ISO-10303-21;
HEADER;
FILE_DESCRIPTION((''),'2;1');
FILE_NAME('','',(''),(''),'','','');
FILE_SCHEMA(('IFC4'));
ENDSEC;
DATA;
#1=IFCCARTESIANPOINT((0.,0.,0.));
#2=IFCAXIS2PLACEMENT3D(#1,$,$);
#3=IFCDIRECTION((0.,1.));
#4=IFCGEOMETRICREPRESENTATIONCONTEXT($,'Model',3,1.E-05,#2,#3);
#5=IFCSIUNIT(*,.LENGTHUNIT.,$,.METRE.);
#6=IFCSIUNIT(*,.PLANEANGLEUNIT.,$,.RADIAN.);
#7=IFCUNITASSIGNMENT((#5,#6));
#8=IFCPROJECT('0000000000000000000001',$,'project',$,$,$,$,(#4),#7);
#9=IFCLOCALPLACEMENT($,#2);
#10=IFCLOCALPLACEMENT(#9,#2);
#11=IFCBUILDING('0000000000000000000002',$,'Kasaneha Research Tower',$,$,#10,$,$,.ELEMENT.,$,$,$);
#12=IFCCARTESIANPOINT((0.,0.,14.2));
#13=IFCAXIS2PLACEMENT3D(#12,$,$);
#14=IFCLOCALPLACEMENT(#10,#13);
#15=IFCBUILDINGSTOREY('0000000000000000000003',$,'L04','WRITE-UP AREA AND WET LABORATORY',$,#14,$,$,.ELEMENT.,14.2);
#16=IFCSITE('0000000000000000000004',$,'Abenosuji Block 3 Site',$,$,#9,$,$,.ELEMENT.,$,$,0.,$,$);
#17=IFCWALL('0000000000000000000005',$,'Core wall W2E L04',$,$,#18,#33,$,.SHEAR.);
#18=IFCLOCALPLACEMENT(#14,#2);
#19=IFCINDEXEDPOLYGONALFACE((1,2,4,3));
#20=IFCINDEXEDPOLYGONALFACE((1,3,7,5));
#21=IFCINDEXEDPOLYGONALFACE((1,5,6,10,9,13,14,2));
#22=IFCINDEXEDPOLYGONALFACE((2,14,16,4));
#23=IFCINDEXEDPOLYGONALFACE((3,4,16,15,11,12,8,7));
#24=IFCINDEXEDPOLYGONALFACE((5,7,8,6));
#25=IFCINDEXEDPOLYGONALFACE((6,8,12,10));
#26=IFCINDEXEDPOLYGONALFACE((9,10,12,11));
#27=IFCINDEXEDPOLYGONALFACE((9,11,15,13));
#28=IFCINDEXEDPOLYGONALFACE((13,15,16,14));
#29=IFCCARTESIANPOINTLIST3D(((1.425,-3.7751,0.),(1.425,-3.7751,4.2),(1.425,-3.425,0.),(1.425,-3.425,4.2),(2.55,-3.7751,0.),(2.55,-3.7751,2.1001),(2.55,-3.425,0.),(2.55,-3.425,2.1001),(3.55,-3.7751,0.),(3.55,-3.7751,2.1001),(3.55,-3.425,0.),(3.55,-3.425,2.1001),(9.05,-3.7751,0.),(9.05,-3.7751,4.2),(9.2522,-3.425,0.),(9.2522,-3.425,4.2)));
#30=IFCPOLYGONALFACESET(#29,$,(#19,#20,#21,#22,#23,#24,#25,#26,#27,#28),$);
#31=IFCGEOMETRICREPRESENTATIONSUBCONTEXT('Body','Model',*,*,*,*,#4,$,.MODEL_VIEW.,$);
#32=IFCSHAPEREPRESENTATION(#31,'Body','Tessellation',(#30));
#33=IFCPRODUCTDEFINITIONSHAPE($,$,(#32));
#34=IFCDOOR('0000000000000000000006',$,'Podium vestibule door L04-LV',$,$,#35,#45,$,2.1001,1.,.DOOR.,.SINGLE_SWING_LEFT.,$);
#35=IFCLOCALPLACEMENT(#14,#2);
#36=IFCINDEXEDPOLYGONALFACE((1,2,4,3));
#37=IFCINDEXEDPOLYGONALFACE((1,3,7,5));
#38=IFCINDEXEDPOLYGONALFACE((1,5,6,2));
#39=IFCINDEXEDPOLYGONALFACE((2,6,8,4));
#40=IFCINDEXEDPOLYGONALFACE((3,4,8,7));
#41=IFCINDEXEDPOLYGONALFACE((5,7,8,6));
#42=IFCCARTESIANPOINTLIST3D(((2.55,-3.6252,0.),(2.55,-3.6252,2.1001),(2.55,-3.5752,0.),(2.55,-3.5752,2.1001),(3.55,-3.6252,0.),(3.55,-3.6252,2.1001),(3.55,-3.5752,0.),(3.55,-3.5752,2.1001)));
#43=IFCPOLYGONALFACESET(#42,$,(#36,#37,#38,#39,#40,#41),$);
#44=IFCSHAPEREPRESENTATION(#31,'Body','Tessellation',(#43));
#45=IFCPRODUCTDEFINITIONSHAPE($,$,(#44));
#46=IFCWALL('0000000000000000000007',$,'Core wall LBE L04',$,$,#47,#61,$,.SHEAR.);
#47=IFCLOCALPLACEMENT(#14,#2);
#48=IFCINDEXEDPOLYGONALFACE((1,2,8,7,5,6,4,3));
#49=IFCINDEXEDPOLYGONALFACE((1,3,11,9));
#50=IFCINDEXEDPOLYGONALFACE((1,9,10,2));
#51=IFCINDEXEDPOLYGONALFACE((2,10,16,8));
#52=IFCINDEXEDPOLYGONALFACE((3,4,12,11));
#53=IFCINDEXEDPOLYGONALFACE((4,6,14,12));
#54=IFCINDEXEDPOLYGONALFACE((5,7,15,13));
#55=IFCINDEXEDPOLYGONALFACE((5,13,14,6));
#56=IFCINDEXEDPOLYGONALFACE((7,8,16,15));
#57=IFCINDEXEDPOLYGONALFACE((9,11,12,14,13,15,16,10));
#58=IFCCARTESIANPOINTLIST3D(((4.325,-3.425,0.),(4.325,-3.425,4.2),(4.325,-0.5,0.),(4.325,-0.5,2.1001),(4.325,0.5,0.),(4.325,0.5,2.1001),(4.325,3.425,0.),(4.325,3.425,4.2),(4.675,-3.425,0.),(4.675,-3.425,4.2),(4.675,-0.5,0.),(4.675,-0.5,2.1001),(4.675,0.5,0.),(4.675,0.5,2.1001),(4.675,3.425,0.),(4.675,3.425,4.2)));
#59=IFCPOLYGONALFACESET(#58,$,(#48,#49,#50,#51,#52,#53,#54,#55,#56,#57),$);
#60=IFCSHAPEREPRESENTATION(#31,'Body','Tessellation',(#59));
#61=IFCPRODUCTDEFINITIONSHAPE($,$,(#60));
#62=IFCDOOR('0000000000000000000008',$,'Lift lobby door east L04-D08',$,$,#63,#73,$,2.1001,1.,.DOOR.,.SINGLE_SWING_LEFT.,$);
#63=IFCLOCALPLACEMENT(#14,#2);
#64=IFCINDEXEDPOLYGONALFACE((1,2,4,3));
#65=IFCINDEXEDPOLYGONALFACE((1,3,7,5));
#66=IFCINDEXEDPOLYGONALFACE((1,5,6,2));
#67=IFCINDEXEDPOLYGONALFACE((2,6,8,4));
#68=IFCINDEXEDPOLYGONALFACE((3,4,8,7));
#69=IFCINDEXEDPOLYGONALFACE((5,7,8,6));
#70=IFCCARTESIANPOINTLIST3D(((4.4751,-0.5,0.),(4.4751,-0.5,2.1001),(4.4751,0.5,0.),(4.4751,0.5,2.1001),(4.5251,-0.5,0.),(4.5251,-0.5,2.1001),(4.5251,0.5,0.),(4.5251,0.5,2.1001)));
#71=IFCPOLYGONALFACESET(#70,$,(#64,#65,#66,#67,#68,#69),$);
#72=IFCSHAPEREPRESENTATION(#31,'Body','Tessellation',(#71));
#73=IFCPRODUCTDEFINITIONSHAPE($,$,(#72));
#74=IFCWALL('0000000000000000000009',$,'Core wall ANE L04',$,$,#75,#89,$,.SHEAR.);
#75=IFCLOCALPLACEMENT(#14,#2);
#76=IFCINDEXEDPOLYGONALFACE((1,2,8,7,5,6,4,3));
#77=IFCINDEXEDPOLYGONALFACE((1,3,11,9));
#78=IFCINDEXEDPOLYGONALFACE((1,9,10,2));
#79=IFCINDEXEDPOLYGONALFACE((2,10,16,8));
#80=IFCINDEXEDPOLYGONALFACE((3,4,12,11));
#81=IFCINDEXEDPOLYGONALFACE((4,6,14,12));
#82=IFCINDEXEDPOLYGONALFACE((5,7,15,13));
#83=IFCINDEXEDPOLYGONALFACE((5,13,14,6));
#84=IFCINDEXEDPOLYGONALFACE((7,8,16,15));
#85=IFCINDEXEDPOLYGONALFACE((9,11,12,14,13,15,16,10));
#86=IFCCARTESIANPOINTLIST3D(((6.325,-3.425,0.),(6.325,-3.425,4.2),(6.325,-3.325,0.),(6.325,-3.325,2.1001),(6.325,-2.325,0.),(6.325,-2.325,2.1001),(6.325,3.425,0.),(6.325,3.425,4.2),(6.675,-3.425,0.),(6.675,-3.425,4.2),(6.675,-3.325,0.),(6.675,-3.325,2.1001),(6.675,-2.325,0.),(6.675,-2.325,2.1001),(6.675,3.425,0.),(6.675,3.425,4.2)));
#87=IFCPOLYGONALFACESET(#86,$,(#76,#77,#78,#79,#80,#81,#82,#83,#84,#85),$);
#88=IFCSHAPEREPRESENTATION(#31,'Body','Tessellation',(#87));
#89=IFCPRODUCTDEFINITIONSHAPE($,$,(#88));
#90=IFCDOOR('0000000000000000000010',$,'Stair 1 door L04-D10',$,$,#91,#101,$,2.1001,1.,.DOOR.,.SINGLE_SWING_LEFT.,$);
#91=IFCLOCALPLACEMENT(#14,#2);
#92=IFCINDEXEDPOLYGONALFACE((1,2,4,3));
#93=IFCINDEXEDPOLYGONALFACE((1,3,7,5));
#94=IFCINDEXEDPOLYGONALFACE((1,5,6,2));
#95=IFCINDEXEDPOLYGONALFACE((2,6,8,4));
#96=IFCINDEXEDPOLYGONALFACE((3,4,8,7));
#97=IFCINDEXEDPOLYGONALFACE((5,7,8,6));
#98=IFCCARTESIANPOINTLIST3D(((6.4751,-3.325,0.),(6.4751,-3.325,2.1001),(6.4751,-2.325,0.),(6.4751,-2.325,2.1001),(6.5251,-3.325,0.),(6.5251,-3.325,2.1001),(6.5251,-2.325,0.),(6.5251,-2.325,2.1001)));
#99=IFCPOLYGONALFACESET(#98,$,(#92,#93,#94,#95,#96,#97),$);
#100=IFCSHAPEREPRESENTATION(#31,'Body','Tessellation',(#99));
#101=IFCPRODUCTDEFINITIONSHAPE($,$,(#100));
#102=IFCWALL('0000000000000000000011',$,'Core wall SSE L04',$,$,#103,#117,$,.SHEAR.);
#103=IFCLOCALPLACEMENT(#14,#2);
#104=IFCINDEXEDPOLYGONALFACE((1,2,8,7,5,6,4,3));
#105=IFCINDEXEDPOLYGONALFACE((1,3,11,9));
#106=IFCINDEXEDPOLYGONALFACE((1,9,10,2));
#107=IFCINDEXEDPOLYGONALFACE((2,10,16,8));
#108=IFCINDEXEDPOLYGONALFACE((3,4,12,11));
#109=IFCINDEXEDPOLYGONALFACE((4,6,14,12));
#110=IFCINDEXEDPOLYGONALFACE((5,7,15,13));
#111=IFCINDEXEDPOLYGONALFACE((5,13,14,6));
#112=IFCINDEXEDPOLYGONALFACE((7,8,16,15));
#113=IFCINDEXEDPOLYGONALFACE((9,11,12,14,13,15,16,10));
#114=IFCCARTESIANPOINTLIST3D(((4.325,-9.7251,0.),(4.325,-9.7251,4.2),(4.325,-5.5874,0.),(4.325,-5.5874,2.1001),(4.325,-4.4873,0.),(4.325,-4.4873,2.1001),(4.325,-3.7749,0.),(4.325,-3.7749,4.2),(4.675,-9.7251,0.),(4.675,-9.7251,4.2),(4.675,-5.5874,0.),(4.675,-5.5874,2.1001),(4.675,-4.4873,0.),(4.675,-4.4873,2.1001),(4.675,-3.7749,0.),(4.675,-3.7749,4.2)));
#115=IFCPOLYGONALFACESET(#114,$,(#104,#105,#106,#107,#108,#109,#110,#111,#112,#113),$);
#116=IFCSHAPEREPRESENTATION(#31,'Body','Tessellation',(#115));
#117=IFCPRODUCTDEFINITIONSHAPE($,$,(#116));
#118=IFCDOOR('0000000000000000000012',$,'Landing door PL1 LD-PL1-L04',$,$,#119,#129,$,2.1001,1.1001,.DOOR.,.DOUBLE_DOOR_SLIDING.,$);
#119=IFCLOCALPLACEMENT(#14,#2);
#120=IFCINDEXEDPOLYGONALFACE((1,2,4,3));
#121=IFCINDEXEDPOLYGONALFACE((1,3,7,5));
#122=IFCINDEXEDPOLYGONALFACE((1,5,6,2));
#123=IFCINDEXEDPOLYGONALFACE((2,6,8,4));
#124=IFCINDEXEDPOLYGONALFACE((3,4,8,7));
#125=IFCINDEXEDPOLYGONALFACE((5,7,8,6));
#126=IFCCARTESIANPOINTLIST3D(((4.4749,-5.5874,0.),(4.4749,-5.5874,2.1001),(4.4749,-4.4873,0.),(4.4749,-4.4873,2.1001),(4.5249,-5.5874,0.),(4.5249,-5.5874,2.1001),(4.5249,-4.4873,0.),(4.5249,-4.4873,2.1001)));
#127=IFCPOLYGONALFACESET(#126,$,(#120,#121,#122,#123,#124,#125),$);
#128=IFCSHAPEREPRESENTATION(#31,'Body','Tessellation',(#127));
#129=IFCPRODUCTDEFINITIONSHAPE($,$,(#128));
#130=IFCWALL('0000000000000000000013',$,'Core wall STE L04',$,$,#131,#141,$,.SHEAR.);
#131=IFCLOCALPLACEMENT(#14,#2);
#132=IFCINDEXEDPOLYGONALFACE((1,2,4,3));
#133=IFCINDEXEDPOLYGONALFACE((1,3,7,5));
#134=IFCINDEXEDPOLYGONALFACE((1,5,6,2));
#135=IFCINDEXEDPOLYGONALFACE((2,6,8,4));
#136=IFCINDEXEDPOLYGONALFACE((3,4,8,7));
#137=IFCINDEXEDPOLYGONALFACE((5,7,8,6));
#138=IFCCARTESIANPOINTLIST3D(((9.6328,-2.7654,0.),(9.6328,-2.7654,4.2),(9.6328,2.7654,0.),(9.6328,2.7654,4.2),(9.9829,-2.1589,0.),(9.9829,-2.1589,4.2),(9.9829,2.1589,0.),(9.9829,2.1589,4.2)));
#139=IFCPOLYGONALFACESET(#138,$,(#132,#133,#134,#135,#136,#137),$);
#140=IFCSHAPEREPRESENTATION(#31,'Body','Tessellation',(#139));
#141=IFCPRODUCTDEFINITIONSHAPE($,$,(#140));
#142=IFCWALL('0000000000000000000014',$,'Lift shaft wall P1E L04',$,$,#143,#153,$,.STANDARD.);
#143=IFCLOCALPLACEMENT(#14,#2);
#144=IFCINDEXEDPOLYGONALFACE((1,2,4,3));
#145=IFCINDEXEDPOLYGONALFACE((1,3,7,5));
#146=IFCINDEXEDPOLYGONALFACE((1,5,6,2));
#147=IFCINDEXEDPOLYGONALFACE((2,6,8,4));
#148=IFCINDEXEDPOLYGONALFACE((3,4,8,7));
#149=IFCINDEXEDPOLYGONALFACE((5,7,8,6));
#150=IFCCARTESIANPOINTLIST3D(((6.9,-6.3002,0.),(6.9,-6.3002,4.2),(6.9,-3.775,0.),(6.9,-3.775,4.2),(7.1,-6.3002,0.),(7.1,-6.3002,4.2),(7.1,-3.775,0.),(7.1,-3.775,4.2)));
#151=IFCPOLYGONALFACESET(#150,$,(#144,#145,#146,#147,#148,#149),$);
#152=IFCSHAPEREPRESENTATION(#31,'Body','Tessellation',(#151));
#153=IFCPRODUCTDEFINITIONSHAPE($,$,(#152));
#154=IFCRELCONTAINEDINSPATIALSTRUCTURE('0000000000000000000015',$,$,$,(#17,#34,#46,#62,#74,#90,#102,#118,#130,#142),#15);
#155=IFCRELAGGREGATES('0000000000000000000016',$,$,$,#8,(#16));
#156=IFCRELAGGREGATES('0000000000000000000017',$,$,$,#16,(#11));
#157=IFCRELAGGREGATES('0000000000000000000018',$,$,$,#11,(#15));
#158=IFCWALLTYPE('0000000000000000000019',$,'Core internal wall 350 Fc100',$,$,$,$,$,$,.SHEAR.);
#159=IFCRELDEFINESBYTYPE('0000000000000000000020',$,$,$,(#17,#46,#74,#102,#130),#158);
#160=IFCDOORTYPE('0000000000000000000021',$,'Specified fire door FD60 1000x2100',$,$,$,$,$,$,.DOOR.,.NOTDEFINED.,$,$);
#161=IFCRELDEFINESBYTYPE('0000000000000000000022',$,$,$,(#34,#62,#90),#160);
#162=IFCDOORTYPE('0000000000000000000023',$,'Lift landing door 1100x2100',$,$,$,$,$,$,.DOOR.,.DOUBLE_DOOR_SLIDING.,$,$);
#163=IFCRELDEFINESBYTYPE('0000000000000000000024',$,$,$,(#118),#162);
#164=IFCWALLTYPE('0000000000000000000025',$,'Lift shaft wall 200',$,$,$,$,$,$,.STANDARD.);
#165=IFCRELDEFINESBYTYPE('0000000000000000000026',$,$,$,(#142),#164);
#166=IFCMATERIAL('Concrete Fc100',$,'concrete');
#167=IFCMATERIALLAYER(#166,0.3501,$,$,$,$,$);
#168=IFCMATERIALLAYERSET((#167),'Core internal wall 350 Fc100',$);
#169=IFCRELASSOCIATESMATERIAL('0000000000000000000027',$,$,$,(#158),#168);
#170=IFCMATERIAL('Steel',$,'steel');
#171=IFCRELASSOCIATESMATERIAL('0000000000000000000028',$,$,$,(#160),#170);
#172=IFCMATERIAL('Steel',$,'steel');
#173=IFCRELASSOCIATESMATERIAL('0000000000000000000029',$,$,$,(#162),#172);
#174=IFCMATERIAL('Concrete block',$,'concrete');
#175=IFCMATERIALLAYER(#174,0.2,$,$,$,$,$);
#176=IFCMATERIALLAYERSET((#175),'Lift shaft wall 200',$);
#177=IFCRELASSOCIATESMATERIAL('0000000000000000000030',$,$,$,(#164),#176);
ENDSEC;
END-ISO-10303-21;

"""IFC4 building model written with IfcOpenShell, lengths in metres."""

from ifc_helpers import new_model, si_unit, direction, frame, frame_2d, origin, place, context, subcontext, project, spatial, polyline, rectangle, outline, extrude, material, layer, layer_set, type_object, element, fill, save


model = new_model("IFC4")

# Units and contexts
model_context = context("Model", 3, precision=1e-05, world=origin(), true_north=direction((0.0, 1.0)))
body_context = subcontext(model_context, "Body", "Model", "MODEL_VIEW")
ifc_project = project(units=[si_unit("LENGTHUNIT", "METRE"), si_unit("PLANEANGLEUNIT", "RADIAN")], contexts=[model_context])

# Site, building, storey
site_placement = place(None, origin())
site = spatial("IfcSite", under=ifc_project, at=site_placement, Name="Abenosuji Block 3 Site", CompositionType="ELEMENT", RefElevation=0.0)
building_placement = place(site_placement, origin())
building = spatial("IfcBuilding", under=site, at=building_placement, Name="Kasaneha Research Tower", CompositionType="ELEMENT")
storey_placement = place(building_placement, frame((0.0, 0.0, 14.2)))
storey = spatial("IfcBuildingStorey", under=building, at=storey_placement, Name="L04", Description="WRITE-UP AREA AND WET LABORATORY", CompositionType="ELEMENT", Elevation=14.2)

# Walls, openings, doors
ifc_material_1 = material(Name="Concrete Fc100", Category="concrete")
ifc_layer_1 = layer(ifc_material_1, 0.3501)
ifc_layer_set_1 = layer_set([ifc_layer_1], Name="Core internal wall 350 Fc100")
wall_type_1 = type_object("IfcWallType", Name="Core internal wall 350 Fc100", PredefinedType="SHEAR", material=ifc_layer_set_1)
wall_1_placement = place(storey_placement, frame((1.425, -3.6001, 0.0), z_axis=(0.0, 0.0, 1.0), x_axis=(1.0, 0.0, 0.0)))
wall_1 = element("IfcWall", 1, at=wall_1_placement, inside=storey, type_object=wall_type_1, Name="Core wall W2E L04", PredefinedType="SHEAR", context=body_context, shape_type="SweptSolid", body=[
    extrude(outline(polyline([(0.0, -0.175), (1.125, -0.175), (2.125, -0.175), (7.625, -0.175), (7.8271, 0.175), (2.125, 0.175), (1.125, 0.175), (0.0, 0.175), (0.0, -0.175)])), origin(), (0.0, 0.0, 1.0), 4.2),
])
opening_1_placement = place(wall_1_placement, frame((1.125, 0.0, 0.0)))
opening_1 = element("IfcOpeningElement", 2, at=opening_1_placement, cuts=wall_1, PredefinedType="OPENING", context=body_context, shape_type="SweptSolid", body=[
    extrude(rectangle(XDim=1.0, YDim=2.1001, at=frame_2d((0.5, 1.05))), frame((0.0, 0.1851, 0.0), z_axis=(0.0, -1.0, 0.0), x_axis=(1.0, 0.0, 0.0)), (0.0, 0.0, 1.0), 0.3701),
])
ifc_material_2 = material(Name="Steel", Category="steel")
door_type_1 = type_object("IfcDoorType", Name="Specified fire door FD60 1000x2100", OperationType="NOTDEFINED", PredefinedType="DOOR", material=ifc_material_2)
door_1_placement = place(opening_1_placement, origin())
door_1 = element("IfcDoor", 3, at=door_1_placement, inside=storey, type_object=door_type_1, Name="Podium vestibule door L04-LV", OperationType="SINGLE_SWING_LEFT", OverallHeight=2.1001, OverallWidth=1.0, PredefinedType="DOOR", context=body_context, shape_type="SweptSolid", body=[
    extrude(rectangle(XDim=1.0, YDim=2.1001, at=frame_2d((0.5, 1.05))), frame((0.0, 0.0249, 0.0), z_axis=(0.0, -1.0, 0.0), x_axis=(1.0, 0.0, 0.0)), (0.0, 0.0, 1.0), 0.05),
])
fill(opening_1, door_1)
wall_2_placement = place(storey_placement, frame((4.5, -3.425, 0.0), z_axis=(0.0, 0.0, 1.0), x_axis=(0.0, 1.0, 0.0)))
wall_2 = element("IfcWall", 4, at=wall_2_placement, inside=storey, type_object=wall_type_1, Name="Core wall LBE L04", PredefinedType="SHEAR", context=body_context, shape_type="SweptSolid", body=[
    extrude(rectangle(XDim=6.8501, YDim=0.3501, at=frame_2d((3.425, 0.0))), origin(), (0.0, 0.0, 1.0), 4.2),
])
opening_2_placement = place(wall_2_placement, frame((2.925, 0.0, 0.0)))
opening_2 = element("IfcOpeningElement", 5, at=opening_2_placement, cuts=wall_2, PredefinedType="OPENING", context=body_context, shape_type="SweptSolid", body=[
    extrude(rectangle(XDim=1.0, YDim=2.1001, at=frame_2d((0.5, 1.05))), frame((0.0, 0.1851, 0.0), z_axis=(0.0, -1.0, 0.0), x_axis=(1.0, 0.0, 0.0)), (0.0, 0.0, 1.0), 0.3701),
])
door_2_placement = place(opening_2_placement, origin())
door_2 = element("IfcDoor", 6, at=door_2_placement, inside=storey, type_object=door_type_1, Name="Lift lobby door east L04-D08", OperationType="SINGLE_SWING_LEFT", OverallHeight=2.1001, OverallWidth=1.0, PredefinedType="DOOR", context=body_context, shape_type="SweptSolid", body=[
    extrude(rectangle(XDim=1.0, YDim=2.1001, at=frame_2d((0.5, 1.05))), frame((0.0, 0.0249, 0.0), z_axis=(0.0, -1.0, 0.0), x_axis=(1.0, 0.0, 0.0)), (0.0, 0.0, 1.0), 0.05),
])
fill(opening_2, door_2)
wall_3_placement = place(storey_placement, frame((6.5, -3.425, 0.0), z_axis=(0.0, 0.0, 1.0), x_axis=(0.0, 1.0, 0.0)))
wall_3 = element("IfcWall", 7, at=wall_3_placement, inside=storey, type_object=wall_type_1, Name="Core wall ANE L04", PredefinedType="SHEAR", context=body_context, shape_type="SweptSolid", body=[
    extrude(rectangle(XDim=6.8501, YDim=0.3501, at=frame_2d((3.425, 0.0))), origin(), (0.0, 0.0, 1.0), 4.2),
])
opening_3_placement = place(wall_3_placement, frame((0.1001, 0.0, 0.0)))
opening_3 = element("IfcOpeningElement", 8, at=opening_3_placement, cuts=wall_3, PredefinedType="OPENING", context=body_context, shape_type="SweptSolid", body=[
    extrude(rectangle(XDim=1.0, YDim=2.1001, at=frame_2d((0.5, 1.05))), frame((0.0, 0.1851, 0.0), z_axis=(0.0, -1.0, 0.0), x_axis=(1.0, 0.0, 0.0)), (0.0, 0.0, 1.0), 0.3701),
])
door_3_placement = place(opening_3_placement, origin())
door_3 = element("IfcDoor", 9, at=door_3_placement, inside=storey, type_object=door_type_1, Name="Stair 1 door L04-D10", OperationType="SINGLE_SWING_LEFT", OverallHeight=2.1001, OverallWidth=1.0, PredefinedType="DOOR", context=body_context, shape_type="SweptSolid", body=[
    extrude(rectangle(XDim=1.0, YDim=2.1001, at=frame_2d((0.5, 1.05))), frame((0.0, 0.0249, 0.0), z_axis=(0.0, -1.0, 0.0), x_axis=(1.0, 0.0, 0.0)), (0.0, 0.0, 1.0), 0.05),
])
fill(opening_3, door_3)
wall_4_placement = place(storey_placement, frame((4.5, -3.7749, 0.0), z_axis=(0.0, 0.0, 1.0), x_axis=(0.0, -1.0, 0.0)))
wall_4 = element("IfcWall", 10, at=wall_4_placement, inside=storey, type_object=wall_type_1, Name="Core wall SSE L04", PredefinedType="SHEAR", context=body_context, shape_type="SweptSolid", body=[
    extrude(rectangle(XDim=5.9502, YDim=0.3501, at=frame_2d((2.9751, 0.0))), origin(), (0.0, 0.0, 1.0), 4.2),
])
opening_4_placement = place(wall_4_placement, frame((0.7124, 0.0, 0.0)))
opening_4 = element("IfcOpeningElement", 11, at=opening_4_placement, cuts=wall_4, PredefinedType="OPENING", context=body_context, shape_type="SweptSolid", body=[
    extrude(rectangle(XDim=1.1001, YDim=2.1001, at=frame_2d((0.55, 1.05))), frame((0.0, 0.1851, 0.0), z_axis=(0.0, -1.0, 0.0), x_axis=(1.0, 0.0, 0.0)), (0.0, 0.0, 1.0), 0.3701),
])
ifc_material_3 = material(Name="Steel", Category="steel")
door_type_2 = type_object("IfcDoorType", Name="Lift landing door 1100x2100", OperationType="DOUBLE_DOOR_SLIDING", PredefinedType="DOOR", material=ifc_material_3)
door_4_placement = place(opening_4_placement, origin())
door_4 = element("IfcDoor", 12, at=door_4_placement, inside=storey, type_object=door_type_2, Name="Landing door PL1 LD-PL1-L04", OperationType="DOUBLE_DOOR_SLIDING", OverallHeight=2.1001, OverallWidth=1.1001, PredefinedType="DOOR", context=body_context, shape_type="SweptSolid", body=[
    extrude(rectangle(XDim=1.1001, YDim=2.1001, at=frame_2d((0.55, 1.05))), frame((0.0, 0.0249, 0.0), z_axis=(0.0, -1.0, 0.0), x_axis=(1.0, 0.0, 0.0)), (0.0, 0.0, 1.0), 0.05),
])
fill(opening_4, door_4)

# Walls
wall_5_placement = place(storey_placement, frame((9.8079, -2.4622, 0.0), z_axis=(0.0, 0.0, 1.0), x_axis=(0.0, 1.0, 0.0)))
element("IfcWall", 13, at=wall_5_placement, inside=storey, type_object=wall_type_1, Name="Core wall STE L04", PredefinedType="SHEAR", context=body_context, shape_type="SweptSolid", body=[
    extrude(outline(polyline([(0.3032, -0.175), (4.6211, -0.175), (5.2275, 0.175), (-0.3032, 0.175), (0.3032, -0.175)])), origin(), (0.0, 0.0, 1.0), 4.2),
])
ifc_material_4 = material(Name="Concrete block", Category="concrete")
ifc_layer_2 = layer(ifc_material_4, 0.2)
ifc_layer_set_2 = layer_set([ifc_layer_2], Name="Lift shaft wall 200")
wall_type_2 = type_object("IfcWallType", Name="Lift shaft wall 200", PredefinedType="STANDARD", material=ifc_layer_set_2)
wall_6_placement = place(storey_placement, frame((7.0, -3.7749, 0.0), z_axis=(0.0, 0.0, 1.0), x_axis=(0.0, -1.0, 0.0)))
element("IfcWall", 14, at=wall_6_placement, inside=storey, type_object=wall_type_2, Name="Lift shaft wall P1E L04", PredefinedType="STANDARD", context=body_context, shape_type="SweptSolid", body=[
    extrude(rectangle(XDim=2.5251, YDim=0.2, at=frame_2d((1.2627, 0.0))), origin(), (0.0, 0.0, 1.0), 4.2),
])

save(model, "model.ifc")
